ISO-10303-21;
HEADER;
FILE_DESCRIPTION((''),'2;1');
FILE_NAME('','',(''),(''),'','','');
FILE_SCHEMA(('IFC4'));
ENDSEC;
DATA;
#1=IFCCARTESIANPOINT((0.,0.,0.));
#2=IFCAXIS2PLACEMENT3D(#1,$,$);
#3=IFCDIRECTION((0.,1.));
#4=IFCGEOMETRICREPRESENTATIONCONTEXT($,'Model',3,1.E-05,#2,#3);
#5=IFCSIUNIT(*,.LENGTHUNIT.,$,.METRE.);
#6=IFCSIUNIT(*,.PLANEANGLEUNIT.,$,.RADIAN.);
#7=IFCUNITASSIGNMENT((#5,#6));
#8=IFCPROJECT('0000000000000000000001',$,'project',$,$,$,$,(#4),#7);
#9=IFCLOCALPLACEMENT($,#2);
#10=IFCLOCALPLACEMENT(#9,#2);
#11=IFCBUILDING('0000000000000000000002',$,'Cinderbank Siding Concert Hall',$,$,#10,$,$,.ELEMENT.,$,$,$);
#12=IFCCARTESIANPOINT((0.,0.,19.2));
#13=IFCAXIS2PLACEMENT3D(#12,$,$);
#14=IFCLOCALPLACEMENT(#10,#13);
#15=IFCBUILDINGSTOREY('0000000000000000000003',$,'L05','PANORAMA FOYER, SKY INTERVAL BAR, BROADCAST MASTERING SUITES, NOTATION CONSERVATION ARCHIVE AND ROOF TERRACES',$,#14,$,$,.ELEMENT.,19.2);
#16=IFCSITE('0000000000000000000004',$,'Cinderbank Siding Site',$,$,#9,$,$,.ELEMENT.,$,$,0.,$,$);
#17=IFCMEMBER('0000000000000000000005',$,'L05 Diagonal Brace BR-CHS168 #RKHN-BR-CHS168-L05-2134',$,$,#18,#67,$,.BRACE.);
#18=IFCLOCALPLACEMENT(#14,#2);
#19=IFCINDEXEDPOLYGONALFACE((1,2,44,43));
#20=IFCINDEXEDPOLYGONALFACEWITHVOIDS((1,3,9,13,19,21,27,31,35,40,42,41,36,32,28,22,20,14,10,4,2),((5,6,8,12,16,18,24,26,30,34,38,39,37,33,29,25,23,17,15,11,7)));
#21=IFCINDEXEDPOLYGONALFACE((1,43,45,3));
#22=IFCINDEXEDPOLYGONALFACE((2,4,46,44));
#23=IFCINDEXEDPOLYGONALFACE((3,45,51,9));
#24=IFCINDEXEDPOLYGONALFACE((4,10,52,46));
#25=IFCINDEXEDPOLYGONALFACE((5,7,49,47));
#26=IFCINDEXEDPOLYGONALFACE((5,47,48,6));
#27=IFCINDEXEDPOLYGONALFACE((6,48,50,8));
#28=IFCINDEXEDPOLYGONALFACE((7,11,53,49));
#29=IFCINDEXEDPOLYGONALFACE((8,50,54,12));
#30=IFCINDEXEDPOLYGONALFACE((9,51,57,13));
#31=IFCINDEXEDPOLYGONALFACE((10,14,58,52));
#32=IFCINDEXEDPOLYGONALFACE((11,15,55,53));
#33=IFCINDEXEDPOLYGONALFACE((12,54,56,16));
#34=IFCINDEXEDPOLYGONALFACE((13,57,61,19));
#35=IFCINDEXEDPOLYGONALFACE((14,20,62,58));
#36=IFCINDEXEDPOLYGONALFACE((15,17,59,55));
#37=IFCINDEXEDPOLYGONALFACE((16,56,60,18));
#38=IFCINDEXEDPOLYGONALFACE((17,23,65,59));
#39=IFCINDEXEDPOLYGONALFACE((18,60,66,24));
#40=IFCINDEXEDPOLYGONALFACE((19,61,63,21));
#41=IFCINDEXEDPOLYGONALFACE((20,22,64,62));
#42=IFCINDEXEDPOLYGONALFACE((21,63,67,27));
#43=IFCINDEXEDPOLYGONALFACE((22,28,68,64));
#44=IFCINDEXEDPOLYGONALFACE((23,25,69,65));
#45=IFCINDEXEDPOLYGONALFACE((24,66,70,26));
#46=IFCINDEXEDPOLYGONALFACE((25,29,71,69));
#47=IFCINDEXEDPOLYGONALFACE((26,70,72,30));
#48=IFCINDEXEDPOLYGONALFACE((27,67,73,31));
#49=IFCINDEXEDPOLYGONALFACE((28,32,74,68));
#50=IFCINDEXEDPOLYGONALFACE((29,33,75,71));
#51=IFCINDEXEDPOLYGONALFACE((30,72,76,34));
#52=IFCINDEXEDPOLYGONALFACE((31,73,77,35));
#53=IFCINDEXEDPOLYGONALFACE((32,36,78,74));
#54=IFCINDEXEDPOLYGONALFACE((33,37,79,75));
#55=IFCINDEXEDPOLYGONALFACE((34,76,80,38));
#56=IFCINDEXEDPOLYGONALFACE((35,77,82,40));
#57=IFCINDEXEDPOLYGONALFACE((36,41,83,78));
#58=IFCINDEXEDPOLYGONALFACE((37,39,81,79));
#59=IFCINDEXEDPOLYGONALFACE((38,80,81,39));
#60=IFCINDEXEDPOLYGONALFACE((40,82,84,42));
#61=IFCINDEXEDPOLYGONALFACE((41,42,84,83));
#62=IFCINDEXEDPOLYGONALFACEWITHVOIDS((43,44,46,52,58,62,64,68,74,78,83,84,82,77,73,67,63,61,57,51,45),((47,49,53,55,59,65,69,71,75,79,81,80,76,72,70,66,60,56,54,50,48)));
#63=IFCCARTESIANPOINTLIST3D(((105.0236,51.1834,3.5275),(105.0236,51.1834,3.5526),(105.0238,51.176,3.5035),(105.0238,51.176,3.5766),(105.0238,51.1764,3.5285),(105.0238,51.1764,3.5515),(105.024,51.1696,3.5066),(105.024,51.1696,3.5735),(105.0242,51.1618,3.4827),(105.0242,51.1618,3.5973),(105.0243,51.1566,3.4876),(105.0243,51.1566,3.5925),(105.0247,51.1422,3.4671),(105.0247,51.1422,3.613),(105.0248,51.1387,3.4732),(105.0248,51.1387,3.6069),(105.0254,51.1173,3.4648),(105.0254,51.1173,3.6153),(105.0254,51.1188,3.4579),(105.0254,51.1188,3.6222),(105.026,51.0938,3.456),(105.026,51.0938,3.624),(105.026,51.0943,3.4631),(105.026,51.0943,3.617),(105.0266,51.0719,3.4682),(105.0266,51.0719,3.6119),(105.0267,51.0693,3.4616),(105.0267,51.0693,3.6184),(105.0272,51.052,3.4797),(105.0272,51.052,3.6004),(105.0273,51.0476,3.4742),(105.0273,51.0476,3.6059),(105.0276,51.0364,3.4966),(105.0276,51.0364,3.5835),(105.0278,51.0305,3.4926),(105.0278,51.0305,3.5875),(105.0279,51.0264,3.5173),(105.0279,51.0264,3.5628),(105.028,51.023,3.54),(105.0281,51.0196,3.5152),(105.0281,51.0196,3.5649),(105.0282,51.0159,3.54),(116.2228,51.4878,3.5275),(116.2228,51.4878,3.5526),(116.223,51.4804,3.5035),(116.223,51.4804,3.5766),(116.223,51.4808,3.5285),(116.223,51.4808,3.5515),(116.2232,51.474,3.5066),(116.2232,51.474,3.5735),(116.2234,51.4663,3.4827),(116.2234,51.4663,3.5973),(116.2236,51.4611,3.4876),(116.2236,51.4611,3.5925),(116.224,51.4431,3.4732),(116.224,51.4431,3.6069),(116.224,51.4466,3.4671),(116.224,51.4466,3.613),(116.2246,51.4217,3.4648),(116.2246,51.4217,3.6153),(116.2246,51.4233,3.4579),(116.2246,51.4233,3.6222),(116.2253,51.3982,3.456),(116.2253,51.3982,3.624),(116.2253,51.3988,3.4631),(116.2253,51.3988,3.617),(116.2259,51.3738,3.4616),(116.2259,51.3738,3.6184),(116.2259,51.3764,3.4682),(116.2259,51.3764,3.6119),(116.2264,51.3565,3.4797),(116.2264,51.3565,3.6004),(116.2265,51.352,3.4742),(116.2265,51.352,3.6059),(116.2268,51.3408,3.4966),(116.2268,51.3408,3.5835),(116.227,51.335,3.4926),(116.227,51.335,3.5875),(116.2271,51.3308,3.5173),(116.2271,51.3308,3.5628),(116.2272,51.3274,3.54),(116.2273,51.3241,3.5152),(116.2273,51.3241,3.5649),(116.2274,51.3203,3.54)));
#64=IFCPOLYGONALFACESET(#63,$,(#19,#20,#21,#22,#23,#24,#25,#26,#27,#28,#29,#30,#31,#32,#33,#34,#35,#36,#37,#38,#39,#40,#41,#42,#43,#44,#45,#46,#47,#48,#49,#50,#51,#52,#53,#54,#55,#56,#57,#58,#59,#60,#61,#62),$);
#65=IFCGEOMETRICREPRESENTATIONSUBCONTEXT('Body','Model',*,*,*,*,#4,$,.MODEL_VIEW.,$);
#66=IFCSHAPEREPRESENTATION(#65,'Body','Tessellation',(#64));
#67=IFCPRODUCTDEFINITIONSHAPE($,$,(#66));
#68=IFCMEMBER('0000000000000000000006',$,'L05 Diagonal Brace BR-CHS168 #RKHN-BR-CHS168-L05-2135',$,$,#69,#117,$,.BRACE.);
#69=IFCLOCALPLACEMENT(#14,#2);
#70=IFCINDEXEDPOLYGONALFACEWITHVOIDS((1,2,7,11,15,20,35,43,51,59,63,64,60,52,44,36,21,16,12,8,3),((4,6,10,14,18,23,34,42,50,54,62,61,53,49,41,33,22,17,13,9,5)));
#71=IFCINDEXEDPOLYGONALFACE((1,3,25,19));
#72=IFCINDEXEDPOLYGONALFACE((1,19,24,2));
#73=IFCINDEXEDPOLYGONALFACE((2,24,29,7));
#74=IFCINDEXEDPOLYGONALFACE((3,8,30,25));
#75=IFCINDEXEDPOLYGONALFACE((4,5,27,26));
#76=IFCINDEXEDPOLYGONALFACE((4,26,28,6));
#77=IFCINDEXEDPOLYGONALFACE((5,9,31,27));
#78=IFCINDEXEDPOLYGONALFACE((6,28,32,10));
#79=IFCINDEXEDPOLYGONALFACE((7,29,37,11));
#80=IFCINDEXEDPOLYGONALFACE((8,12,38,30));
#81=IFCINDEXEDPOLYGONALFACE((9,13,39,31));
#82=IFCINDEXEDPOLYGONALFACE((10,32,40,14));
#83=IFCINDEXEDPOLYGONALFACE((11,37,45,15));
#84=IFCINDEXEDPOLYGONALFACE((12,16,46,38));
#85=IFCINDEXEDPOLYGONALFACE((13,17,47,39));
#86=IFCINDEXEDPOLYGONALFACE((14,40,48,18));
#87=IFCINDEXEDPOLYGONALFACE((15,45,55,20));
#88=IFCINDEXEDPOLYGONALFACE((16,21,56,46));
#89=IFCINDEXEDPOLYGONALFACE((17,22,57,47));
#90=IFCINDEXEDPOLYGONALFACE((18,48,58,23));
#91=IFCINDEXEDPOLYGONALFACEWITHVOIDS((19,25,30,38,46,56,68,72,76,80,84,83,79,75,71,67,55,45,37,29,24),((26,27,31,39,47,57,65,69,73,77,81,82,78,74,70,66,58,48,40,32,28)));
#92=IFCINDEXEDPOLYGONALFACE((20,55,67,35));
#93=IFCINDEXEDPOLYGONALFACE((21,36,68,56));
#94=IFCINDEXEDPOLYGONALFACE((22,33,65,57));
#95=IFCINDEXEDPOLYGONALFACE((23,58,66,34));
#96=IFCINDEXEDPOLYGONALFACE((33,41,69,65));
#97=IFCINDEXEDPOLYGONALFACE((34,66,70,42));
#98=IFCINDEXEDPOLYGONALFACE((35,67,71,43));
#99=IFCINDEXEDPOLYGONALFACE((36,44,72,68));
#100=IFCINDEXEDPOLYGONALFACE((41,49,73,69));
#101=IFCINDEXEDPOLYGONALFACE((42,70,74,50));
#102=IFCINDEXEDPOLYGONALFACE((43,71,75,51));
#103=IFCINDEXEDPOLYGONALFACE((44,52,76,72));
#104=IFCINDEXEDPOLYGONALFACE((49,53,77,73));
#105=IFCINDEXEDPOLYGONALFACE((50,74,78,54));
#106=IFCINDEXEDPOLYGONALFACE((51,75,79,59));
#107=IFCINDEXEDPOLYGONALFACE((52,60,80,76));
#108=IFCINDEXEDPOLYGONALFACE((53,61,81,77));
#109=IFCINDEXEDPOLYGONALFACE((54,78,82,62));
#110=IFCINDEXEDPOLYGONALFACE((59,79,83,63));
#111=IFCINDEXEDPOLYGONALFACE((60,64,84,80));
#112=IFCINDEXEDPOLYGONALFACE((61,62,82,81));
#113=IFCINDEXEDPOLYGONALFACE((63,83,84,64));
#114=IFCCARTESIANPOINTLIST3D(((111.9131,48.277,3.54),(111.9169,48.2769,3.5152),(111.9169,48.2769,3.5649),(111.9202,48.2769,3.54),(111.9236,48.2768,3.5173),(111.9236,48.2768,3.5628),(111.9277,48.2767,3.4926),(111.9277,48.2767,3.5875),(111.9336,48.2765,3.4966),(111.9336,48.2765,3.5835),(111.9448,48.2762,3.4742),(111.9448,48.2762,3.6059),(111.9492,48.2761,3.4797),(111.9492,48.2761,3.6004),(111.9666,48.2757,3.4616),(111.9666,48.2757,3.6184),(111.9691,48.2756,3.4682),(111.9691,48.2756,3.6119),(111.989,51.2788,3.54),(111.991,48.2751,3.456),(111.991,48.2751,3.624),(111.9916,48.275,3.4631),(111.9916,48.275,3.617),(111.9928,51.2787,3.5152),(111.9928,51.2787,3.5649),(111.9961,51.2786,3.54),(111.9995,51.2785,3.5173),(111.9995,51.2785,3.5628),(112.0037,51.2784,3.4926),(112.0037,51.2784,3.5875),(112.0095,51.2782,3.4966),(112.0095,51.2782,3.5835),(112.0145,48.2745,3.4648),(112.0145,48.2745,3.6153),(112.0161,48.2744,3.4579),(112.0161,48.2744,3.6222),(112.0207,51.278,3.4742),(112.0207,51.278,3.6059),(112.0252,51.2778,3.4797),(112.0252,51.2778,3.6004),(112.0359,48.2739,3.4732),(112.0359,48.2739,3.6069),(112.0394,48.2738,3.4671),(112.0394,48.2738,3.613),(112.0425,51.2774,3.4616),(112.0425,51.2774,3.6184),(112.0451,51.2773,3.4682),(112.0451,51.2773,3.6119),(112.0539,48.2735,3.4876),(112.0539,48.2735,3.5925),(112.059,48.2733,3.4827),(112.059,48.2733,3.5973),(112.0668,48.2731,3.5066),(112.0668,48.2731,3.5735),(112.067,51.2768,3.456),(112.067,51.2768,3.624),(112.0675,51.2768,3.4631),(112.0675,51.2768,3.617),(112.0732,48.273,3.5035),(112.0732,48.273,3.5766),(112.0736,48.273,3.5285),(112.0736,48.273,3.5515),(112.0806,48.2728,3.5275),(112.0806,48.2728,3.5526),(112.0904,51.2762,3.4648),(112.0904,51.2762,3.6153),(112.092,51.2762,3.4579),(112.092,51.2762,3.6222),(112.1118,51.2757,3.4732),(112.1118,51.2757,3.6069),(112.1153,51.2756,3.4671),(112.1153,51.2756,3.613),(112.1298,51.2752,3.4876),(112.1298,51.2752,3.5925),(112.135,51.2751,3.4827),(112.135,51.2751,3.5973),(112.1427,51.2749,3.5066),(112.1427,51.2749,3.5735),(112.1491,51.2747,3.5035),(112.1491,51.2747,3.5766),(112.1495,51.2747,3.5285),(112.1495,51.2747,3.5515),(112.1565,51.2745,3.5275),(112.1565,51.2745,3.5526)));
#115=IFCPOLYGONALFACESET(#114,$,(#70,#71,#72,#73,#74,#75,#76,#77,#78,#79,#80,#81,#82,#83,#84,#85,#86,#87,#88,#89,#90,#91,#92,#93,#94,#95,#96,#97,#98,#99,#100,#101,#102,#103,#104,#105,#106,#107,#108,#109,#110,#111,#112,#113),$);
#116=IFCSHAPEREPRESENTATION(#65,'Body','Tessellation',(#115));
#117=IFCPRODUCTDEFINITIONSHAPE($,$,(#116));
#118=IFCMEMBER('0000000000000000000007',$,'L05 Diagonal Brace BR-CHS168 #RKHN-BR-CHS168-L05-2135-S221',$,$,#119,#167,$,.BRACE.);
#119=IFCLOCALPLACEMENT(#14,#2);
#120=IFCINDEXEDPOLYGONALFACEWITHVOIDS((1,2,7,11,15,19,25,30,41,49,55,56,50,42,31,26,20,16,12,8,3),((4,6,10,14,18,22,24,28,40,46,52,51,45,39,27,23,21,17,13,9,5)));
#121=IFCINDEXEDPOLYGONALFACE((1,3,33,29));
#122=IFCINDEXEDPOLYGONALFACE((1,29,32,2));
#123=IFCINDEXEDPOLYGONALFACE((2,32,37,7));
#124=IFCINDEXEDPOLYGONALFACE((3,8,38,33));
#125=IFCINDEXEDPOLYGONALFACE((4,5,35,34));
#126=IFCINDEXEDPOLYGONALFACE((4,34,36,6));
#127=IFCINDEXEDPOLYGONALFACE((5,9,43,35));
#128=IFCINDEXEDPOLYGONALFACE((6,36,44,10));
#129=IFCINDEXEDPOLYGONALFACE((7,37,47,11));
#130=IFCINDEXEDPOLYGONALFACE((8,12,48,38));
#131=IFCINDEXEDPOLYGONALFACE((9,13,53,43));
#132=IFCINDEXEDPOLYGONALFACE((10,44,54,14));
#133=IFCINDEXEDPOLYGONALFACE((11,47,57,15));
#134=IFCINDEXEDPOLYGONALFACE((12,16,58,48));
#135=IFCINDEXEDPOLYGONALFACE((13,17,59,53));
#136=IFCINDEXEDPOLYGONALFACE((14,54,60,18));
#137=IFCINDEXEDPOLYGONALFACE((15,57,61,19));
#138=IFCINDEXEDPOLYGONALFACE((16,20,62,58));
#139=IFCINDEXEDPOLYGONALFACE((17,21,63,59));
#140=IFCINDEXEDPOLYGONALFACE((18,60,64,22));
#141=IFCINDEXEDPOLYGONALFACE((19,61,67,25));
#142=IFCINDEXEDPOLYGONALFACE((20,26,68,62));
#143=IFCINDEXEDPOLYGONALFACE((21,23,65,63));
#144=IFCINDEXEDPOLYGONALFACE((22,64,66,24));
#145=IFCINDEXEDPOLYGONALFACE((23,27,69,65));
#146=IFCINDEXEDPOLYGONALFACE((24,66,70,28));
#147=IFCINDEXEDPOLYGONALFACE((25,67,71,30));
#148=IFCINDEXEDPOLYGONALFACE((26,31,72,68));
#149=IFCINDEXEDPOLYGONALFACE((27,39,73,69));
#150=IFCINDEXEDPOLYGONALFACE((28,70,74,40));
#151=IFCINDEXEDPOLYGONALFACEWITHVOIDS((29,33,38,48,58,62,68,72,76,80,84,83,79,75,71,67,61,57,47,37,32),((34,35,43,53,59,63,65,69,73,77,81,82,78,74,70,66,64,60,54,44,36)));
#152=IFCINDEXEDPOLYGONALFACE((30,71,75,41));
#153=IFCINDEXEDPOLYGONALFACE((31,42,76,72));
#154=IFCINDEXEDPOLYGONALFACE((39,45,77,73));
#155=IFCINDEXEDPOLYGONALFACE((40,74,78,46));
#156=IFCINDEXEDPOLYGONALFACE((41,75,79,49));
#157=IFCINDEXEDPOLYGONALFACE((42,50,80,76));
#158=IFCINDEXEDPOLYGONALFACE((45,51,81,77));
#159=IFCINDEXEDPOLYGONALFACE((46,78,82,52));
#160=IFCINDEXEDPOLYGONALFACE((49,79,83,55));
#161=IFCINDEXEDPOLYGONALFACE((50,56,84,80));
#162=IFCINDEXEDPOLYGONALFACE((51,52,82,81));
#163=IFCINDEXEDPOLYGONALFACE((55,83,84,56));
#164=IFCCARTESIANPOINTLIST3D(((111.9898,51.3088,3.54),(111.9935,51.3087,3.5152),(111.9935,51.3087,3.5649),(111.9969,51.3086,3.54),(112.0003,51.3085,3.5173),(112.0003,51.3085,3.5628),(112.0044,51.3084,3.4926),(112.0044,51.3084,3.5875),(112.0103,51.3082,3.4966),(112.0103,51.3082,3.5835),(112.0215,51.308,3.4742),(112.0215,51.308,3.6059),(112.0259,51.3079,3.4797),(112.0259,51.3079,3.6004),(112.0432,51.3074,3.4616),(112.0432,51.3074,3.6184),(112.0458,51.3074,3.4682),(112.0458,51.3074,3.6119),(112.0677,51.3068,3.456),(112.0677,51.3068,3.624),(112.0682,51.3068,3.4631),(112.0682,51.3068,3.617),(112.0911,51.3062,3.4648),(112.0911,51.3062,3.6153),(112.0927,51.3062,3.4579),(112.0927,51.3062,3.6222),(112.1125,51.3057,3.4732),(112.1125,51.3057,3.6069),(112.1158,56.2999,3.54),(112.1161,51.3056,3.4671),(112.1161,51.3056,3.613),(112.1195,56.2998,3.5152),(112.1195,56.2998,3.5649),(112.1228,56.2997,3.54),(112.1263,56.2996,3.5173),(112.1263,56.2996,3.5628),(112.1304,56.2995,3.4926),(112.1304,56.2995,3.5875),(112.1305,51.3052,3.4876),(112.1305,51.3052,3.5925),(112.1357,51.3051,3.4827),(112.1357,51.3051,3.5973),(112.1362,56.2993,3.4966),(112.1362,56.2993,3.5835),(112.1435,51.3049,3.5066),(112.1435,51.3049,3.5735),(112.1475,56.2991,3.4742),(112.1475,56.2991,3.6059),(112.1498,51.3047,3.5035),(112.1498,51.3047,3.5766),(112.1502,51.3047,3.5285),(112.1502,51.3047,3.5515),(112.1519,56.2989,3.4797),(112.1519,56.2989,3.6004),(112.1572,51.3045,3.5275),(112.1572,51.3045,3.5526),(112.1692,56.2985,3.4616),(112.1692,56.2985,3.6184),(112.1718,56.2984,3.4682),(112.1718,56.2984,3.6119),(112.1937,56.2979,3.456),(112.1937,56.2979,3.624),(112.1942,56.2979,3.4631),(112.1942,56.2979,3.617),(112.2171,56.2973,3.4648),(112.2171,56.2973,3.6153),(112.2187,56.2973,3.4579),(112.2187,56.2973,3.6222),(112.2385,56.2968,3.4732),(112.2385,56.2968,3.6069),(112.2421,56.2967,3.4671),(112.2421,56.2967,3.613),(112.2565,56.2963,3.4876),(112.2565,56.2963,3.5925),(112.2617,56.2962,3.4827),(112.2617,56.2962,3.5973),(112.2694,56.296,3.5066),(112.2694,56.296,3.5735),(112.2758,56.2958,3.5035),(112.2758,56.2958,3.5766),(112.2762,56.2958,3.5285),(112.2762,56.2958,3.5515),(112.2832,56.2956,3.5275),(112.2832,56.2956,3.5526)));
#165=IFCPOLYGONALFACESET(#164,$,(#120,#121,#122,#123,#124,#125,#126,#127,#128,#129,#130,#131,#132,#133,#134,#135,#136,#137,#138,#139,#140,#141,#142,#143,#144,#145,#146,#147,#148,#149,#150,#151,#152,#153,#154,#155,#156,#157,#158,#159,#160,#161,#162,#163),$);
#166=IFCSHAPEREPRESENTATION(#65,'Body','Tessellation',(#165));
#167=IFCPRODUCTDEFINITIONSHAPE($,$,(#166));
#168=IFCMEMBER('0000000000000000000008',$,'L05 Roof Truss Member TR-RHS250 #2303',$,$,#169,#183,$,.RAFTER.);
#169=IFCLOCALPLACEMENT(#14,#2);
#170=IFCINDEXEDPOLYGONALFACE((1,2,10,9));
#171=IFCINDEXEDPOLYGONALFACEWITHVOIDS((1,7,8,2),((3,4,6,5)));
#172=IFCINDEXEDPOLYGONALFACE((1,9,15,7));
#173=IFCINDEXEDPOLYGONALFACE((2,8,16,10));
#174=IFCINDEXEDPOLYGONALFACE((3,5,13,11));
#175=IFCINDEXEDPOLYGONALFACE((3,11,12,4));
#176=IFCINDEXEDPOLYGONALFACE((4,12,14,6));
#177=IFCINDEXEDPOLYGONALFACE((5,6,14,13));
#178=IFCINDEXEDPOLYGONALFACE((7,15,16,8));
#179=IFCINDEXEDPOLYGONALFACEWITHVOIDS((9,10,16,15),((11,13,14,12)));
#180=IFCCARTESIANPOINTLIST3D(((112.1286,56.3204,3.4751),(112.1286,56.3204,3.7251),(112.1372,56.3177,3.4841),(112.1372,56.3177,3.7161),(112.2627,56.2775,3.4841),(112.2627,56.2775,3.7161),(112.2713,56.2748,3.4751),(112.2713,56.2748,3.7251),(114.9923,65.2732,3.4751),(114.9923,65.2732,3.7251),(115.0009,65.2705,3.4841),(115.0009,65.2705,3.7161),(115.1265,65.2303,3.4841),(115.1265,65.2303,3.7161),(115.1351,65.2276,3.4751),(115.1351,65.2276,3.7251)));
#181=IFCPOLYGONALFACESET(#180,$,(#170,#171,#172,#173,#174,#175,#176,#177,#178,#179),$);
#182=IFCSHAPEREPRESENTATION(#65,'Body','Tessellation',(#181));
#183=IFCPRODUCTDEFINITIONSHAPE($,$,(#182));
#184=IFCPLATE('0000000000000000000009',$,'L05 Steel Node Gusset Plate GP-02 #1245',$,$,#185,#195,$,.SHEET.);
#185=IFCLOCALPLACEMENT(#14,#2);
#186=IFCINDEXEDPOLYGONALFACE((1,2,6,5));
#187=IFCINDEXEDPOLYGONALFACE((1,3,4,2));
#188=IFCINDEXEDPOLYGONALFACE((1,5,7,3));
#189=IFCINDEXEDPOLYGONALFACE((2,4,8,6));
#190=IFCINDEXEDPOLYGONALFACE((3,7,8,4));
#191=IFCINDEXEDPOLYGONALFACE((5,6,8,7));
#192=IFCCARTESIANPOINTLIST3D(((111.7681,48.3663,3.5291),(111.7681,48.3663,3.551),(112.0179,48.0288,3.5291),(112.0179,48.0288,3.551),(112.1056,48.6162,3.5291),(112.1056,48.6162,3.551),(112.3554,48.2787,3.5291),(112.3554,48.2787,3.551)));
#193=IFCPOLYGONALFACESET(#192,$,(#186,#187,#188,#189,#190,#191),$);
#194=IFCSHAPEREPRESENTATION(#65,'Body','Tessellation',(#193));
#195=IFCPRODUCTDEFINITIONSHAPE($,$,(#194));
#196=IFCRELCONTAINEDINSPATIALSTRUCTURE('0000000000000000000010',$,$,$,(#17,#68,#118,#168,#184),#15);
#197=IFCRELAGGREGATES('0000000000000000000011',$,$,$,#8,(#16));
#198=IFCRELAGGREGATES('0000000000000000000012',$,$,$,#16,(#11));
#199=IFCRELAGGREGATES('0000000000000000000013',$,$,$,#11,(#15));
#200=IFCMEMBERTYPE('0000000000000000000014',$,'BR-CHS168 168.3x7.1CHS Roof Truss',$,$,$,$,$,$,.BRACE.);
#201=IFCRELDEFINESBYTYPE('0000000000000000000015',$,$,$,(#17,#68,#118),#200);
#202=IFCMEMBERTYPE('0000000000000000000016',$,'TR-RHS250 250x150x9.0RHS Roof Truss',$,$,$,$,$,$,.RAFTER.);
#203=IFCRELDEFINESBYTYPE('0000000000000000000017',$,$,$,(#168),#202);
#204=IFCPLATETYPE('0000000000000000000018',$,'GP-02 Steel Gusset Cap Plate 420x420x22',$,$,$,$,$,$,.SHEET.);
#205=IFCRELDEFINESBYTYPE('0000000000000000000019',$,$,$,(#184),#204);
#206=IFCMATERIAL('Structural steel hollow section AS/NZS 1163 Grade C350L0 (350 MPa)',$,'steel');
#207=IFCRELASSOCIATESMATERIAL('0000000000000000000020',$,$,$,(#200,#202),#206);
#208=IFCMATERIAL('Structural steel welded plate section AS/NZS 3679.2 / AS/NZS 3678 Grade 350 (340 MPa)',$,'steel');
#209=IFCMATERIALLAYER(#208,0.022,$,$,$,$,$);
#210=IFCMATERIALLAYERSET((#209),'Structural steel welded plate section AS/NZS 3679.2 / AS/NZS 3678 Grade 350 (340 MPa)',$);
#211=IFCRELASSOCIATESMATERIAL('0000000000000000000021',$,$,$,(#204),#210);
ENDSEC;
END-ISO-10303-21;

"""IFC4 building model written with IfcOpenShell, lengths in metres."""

from ifc_helpers import new_model, si_unit, direction, frame, origin, origin_2d, place, context, subcontext, project, spatial, rectangle, hollow_rectangle, hollow_circle, extrude, material, layer, layer_set, material_profile, profile_set, type_object, element, save


model = new_model("IFC4")

# Units and contexts
model_context = context("Model", 3, precision=1e-05, world=origin(), true_north=direction((0.0, 1.0)))
body_context = subcontext(model_context, "Body", "Model", "MODEL_VIEW")
ifc_project = project(units=[si_unit("LENGTHUNIT", "METRE"), si_unit("PLANEANGLEUNIT", "RADIAN")], contexts=[model_context])

# Site, building, storey
site_placement = place(None, origin())
site = spatial("IfcSite", under=ifc_project, at=site_placement, Name="Cinderbank Siding Site", CompositionType="ELEMENT", RefElevation=0.0)
building_placement = place(site_placement, origin())
building = spatial("IfcBuilding", under=site, at=building_placement, Name="Cinderbank Siding Concert Hall", CompositionType="ELEMENT")
storey_placement = place(building_placement, frame((0.0, 0.0, 19.2)))
storey = spatial("IfcBuildingStorey", under=building, at=storey_placement, Name="L05", Description="PANORAMA FOYER, SKY INTERVAL BAR, BROADCAST MASTERING SUITES, NOTATION CONSERVATION ARCHIVE AND ROOF TERRACES", CompositionType="ELEMENT", Elevation=19.2)

# Shared definitions
ifc_material_1 = material(Name="Structural steel hollow section AS/NZS 1163 Grade C350L0 (350 MPa)", Category="steel")

# Members
ifc_material_profile_1 = material_profile(ifc_material_1, hollow_circle(Radius=0.0842, WallThickness=0.0071, at=origin_2d()), Name="168.3x7.1CHS", Category="LoadBearing")
ifc_profile_set_1 = profile_set([ifc_material_profile_1], Name="Structural steel hollow section AS/NZS 1163 Grade C350L0 (350 MPa)")
member_type_1 = type_object("IfcMemberType", Name="BR-CHS168 168.3x7.1CHS Roof Truss", PredefinedType="BRACE", material=ifc_profile_set_1)
member_1_placement = place(storey_placement, frame((116.2251, 51.4045, 3.54), z_axis=(-0.999631, -0.027174, 0.0), x_axis=(0.027174, -0.999631, 0.0)))
element("IfcMember", 1, at=member_1_placement, inside=storey, type_object=member_type_1, Name="L05 Diagonal Brace BR-CHS168 #RKHN-BR-CHS168-L05-2134", PredefinedType="BRACE", context=body_context, shape_type="SweptSolid", body=[
    extrude(hollow_circle(Radius=0.0842, WallThickness=0.0071, at=origin_2d()), origin(), (0.0, 0.0, 1.0), 11.2034),
])
member_2_placement = place(storey_placement, frame((111.9973, 48.2749, 3.54), z_axis=(0.025287, 0.99968, 0.0), x_axis=(-0.99968, 0.025287, 0.0)))
element("IfcMember", 2, at=member_2_placement, inside=storey, type_object=member_type_1, Name="L05 Diagonal Brace BR-CHS168 #RKHN-BR-CHS168-L05-2135", PredefinedType="BRACE", context=body_context, shape_type="SweptSolid", body=[
    extrude(hollow_circle(Radius=0.0842, WallThickness=0.0071, at=origin_2d()), origin(), (0.0, 0.0, 1.0), 3.0027),
])
member_3_placement = place(storey_placement, frame((112.074, 51.3066, 3.54), z_axis=(0.025233, 0.999682, 0.0), x_axis=(-0.999682, 0.025233, 0.0)))
element("IfcMember", 3, at=member_3_placement, inside=storey, type_object=member_type_1, Name="L05 Diagonal Brace BR-CHS168 #RKHN-BR-CHS168-L05-2135-S221", PredefinedType="BRACE", context=body_context, shape_type="SweptSolid", body=[
    extrude(hollow_circle(Radius=0.0842, WallThickness=0.0071, at=origin_2d()), origin(), (0.0, 0.0, 1.0), 4.9927),
])
ifc_material_profile_2 = material_profile(ifc_material_1, hollow_rectangle(XDim=0.1499, YDim=0.25, WallThickness=0.009, at=origin_2d()), Name="250x150x9.0RHS", Category="LoadBearing")
ifc_profile_set_2 = profile_set([ifc_material_profile_2], Name="Structural steel hollow section AS/NZS 1163 Grade C350L0 (350 MPa)")
member_type_2 = type_object("IfcMemberType", Name="TR-RHS250 250x150x9.0RHS Roof Truss", PredefinedType="RAFTER", material=ifc_profile_set_2)
member_4_placement = place(storey_placement, frame((112.2, 56.2976, 3.6001), z_axis=(0.304665, 0.95246, 0.0), x_axis=(-0.95246, 0.304665, 0.0)))
element("IfcMember", 4, at=member_4_placement, inside=storey, type_object=member_type_2, Name="L05 Roof Truss Member TR-RHS250 #2303", PredefinedType="RAFTER", context=body_context, shape_type="SweptSolid", body=[
    extrude(hollow_rectangle(XDim=0.1499, YDim=0.25, WallThickness=0.009, at=origin_2d()), origin(), (0.0, 0.0, 1.0), 9.3997),
])

# Plate
ifc_material_2 = material(Name="Structural steel welded plate section AS/NZS 3679.2 / AS/NZS 3678 Grade 350 (340 MPa)", Category="steel")
ifc_layer_1 = layer(ifc_material_2, 0.022)
ifc_layer_set_1 = layer_set([ifc_layer_1], Name="Structural steel welded plate section AS/NZS 3679.2 / AS/NZS 3678 Grade 350 (340 MPa)")
plate_type_1 = type_object("IfcPlateType", Name="GP-02 Steel Gusset Cap Plate 420x420x22", PredefinedType="SHEET", material=ifc_layer_set_1)
for number, where, z_axis, x_axis, name in (
    (5, (112.0618, 48.3225, 3.5291), (0.0, 0.0, 1.0), (-0.803753, -0.594963, 0.0), "L05 Steel Node Gusset Plate GP-02 #1245"),
):
    element("IfcPlate", number, at=place(storey_placement, frame(where, z_axis=z_axis, x_axis=x_axis)), inside=storey, type_object=plate_type_1, Name=name, PredefinedType="SHEET", context=body_context, shape_type="SweptSolid", body=[
        extrude(rectangle(XDim=0.4199, YDim=0.4199, at=origin_2d()), origin(), (0.0, 0.0, 1.0), 0.022),
    ])

save(model, "model.ifc")
